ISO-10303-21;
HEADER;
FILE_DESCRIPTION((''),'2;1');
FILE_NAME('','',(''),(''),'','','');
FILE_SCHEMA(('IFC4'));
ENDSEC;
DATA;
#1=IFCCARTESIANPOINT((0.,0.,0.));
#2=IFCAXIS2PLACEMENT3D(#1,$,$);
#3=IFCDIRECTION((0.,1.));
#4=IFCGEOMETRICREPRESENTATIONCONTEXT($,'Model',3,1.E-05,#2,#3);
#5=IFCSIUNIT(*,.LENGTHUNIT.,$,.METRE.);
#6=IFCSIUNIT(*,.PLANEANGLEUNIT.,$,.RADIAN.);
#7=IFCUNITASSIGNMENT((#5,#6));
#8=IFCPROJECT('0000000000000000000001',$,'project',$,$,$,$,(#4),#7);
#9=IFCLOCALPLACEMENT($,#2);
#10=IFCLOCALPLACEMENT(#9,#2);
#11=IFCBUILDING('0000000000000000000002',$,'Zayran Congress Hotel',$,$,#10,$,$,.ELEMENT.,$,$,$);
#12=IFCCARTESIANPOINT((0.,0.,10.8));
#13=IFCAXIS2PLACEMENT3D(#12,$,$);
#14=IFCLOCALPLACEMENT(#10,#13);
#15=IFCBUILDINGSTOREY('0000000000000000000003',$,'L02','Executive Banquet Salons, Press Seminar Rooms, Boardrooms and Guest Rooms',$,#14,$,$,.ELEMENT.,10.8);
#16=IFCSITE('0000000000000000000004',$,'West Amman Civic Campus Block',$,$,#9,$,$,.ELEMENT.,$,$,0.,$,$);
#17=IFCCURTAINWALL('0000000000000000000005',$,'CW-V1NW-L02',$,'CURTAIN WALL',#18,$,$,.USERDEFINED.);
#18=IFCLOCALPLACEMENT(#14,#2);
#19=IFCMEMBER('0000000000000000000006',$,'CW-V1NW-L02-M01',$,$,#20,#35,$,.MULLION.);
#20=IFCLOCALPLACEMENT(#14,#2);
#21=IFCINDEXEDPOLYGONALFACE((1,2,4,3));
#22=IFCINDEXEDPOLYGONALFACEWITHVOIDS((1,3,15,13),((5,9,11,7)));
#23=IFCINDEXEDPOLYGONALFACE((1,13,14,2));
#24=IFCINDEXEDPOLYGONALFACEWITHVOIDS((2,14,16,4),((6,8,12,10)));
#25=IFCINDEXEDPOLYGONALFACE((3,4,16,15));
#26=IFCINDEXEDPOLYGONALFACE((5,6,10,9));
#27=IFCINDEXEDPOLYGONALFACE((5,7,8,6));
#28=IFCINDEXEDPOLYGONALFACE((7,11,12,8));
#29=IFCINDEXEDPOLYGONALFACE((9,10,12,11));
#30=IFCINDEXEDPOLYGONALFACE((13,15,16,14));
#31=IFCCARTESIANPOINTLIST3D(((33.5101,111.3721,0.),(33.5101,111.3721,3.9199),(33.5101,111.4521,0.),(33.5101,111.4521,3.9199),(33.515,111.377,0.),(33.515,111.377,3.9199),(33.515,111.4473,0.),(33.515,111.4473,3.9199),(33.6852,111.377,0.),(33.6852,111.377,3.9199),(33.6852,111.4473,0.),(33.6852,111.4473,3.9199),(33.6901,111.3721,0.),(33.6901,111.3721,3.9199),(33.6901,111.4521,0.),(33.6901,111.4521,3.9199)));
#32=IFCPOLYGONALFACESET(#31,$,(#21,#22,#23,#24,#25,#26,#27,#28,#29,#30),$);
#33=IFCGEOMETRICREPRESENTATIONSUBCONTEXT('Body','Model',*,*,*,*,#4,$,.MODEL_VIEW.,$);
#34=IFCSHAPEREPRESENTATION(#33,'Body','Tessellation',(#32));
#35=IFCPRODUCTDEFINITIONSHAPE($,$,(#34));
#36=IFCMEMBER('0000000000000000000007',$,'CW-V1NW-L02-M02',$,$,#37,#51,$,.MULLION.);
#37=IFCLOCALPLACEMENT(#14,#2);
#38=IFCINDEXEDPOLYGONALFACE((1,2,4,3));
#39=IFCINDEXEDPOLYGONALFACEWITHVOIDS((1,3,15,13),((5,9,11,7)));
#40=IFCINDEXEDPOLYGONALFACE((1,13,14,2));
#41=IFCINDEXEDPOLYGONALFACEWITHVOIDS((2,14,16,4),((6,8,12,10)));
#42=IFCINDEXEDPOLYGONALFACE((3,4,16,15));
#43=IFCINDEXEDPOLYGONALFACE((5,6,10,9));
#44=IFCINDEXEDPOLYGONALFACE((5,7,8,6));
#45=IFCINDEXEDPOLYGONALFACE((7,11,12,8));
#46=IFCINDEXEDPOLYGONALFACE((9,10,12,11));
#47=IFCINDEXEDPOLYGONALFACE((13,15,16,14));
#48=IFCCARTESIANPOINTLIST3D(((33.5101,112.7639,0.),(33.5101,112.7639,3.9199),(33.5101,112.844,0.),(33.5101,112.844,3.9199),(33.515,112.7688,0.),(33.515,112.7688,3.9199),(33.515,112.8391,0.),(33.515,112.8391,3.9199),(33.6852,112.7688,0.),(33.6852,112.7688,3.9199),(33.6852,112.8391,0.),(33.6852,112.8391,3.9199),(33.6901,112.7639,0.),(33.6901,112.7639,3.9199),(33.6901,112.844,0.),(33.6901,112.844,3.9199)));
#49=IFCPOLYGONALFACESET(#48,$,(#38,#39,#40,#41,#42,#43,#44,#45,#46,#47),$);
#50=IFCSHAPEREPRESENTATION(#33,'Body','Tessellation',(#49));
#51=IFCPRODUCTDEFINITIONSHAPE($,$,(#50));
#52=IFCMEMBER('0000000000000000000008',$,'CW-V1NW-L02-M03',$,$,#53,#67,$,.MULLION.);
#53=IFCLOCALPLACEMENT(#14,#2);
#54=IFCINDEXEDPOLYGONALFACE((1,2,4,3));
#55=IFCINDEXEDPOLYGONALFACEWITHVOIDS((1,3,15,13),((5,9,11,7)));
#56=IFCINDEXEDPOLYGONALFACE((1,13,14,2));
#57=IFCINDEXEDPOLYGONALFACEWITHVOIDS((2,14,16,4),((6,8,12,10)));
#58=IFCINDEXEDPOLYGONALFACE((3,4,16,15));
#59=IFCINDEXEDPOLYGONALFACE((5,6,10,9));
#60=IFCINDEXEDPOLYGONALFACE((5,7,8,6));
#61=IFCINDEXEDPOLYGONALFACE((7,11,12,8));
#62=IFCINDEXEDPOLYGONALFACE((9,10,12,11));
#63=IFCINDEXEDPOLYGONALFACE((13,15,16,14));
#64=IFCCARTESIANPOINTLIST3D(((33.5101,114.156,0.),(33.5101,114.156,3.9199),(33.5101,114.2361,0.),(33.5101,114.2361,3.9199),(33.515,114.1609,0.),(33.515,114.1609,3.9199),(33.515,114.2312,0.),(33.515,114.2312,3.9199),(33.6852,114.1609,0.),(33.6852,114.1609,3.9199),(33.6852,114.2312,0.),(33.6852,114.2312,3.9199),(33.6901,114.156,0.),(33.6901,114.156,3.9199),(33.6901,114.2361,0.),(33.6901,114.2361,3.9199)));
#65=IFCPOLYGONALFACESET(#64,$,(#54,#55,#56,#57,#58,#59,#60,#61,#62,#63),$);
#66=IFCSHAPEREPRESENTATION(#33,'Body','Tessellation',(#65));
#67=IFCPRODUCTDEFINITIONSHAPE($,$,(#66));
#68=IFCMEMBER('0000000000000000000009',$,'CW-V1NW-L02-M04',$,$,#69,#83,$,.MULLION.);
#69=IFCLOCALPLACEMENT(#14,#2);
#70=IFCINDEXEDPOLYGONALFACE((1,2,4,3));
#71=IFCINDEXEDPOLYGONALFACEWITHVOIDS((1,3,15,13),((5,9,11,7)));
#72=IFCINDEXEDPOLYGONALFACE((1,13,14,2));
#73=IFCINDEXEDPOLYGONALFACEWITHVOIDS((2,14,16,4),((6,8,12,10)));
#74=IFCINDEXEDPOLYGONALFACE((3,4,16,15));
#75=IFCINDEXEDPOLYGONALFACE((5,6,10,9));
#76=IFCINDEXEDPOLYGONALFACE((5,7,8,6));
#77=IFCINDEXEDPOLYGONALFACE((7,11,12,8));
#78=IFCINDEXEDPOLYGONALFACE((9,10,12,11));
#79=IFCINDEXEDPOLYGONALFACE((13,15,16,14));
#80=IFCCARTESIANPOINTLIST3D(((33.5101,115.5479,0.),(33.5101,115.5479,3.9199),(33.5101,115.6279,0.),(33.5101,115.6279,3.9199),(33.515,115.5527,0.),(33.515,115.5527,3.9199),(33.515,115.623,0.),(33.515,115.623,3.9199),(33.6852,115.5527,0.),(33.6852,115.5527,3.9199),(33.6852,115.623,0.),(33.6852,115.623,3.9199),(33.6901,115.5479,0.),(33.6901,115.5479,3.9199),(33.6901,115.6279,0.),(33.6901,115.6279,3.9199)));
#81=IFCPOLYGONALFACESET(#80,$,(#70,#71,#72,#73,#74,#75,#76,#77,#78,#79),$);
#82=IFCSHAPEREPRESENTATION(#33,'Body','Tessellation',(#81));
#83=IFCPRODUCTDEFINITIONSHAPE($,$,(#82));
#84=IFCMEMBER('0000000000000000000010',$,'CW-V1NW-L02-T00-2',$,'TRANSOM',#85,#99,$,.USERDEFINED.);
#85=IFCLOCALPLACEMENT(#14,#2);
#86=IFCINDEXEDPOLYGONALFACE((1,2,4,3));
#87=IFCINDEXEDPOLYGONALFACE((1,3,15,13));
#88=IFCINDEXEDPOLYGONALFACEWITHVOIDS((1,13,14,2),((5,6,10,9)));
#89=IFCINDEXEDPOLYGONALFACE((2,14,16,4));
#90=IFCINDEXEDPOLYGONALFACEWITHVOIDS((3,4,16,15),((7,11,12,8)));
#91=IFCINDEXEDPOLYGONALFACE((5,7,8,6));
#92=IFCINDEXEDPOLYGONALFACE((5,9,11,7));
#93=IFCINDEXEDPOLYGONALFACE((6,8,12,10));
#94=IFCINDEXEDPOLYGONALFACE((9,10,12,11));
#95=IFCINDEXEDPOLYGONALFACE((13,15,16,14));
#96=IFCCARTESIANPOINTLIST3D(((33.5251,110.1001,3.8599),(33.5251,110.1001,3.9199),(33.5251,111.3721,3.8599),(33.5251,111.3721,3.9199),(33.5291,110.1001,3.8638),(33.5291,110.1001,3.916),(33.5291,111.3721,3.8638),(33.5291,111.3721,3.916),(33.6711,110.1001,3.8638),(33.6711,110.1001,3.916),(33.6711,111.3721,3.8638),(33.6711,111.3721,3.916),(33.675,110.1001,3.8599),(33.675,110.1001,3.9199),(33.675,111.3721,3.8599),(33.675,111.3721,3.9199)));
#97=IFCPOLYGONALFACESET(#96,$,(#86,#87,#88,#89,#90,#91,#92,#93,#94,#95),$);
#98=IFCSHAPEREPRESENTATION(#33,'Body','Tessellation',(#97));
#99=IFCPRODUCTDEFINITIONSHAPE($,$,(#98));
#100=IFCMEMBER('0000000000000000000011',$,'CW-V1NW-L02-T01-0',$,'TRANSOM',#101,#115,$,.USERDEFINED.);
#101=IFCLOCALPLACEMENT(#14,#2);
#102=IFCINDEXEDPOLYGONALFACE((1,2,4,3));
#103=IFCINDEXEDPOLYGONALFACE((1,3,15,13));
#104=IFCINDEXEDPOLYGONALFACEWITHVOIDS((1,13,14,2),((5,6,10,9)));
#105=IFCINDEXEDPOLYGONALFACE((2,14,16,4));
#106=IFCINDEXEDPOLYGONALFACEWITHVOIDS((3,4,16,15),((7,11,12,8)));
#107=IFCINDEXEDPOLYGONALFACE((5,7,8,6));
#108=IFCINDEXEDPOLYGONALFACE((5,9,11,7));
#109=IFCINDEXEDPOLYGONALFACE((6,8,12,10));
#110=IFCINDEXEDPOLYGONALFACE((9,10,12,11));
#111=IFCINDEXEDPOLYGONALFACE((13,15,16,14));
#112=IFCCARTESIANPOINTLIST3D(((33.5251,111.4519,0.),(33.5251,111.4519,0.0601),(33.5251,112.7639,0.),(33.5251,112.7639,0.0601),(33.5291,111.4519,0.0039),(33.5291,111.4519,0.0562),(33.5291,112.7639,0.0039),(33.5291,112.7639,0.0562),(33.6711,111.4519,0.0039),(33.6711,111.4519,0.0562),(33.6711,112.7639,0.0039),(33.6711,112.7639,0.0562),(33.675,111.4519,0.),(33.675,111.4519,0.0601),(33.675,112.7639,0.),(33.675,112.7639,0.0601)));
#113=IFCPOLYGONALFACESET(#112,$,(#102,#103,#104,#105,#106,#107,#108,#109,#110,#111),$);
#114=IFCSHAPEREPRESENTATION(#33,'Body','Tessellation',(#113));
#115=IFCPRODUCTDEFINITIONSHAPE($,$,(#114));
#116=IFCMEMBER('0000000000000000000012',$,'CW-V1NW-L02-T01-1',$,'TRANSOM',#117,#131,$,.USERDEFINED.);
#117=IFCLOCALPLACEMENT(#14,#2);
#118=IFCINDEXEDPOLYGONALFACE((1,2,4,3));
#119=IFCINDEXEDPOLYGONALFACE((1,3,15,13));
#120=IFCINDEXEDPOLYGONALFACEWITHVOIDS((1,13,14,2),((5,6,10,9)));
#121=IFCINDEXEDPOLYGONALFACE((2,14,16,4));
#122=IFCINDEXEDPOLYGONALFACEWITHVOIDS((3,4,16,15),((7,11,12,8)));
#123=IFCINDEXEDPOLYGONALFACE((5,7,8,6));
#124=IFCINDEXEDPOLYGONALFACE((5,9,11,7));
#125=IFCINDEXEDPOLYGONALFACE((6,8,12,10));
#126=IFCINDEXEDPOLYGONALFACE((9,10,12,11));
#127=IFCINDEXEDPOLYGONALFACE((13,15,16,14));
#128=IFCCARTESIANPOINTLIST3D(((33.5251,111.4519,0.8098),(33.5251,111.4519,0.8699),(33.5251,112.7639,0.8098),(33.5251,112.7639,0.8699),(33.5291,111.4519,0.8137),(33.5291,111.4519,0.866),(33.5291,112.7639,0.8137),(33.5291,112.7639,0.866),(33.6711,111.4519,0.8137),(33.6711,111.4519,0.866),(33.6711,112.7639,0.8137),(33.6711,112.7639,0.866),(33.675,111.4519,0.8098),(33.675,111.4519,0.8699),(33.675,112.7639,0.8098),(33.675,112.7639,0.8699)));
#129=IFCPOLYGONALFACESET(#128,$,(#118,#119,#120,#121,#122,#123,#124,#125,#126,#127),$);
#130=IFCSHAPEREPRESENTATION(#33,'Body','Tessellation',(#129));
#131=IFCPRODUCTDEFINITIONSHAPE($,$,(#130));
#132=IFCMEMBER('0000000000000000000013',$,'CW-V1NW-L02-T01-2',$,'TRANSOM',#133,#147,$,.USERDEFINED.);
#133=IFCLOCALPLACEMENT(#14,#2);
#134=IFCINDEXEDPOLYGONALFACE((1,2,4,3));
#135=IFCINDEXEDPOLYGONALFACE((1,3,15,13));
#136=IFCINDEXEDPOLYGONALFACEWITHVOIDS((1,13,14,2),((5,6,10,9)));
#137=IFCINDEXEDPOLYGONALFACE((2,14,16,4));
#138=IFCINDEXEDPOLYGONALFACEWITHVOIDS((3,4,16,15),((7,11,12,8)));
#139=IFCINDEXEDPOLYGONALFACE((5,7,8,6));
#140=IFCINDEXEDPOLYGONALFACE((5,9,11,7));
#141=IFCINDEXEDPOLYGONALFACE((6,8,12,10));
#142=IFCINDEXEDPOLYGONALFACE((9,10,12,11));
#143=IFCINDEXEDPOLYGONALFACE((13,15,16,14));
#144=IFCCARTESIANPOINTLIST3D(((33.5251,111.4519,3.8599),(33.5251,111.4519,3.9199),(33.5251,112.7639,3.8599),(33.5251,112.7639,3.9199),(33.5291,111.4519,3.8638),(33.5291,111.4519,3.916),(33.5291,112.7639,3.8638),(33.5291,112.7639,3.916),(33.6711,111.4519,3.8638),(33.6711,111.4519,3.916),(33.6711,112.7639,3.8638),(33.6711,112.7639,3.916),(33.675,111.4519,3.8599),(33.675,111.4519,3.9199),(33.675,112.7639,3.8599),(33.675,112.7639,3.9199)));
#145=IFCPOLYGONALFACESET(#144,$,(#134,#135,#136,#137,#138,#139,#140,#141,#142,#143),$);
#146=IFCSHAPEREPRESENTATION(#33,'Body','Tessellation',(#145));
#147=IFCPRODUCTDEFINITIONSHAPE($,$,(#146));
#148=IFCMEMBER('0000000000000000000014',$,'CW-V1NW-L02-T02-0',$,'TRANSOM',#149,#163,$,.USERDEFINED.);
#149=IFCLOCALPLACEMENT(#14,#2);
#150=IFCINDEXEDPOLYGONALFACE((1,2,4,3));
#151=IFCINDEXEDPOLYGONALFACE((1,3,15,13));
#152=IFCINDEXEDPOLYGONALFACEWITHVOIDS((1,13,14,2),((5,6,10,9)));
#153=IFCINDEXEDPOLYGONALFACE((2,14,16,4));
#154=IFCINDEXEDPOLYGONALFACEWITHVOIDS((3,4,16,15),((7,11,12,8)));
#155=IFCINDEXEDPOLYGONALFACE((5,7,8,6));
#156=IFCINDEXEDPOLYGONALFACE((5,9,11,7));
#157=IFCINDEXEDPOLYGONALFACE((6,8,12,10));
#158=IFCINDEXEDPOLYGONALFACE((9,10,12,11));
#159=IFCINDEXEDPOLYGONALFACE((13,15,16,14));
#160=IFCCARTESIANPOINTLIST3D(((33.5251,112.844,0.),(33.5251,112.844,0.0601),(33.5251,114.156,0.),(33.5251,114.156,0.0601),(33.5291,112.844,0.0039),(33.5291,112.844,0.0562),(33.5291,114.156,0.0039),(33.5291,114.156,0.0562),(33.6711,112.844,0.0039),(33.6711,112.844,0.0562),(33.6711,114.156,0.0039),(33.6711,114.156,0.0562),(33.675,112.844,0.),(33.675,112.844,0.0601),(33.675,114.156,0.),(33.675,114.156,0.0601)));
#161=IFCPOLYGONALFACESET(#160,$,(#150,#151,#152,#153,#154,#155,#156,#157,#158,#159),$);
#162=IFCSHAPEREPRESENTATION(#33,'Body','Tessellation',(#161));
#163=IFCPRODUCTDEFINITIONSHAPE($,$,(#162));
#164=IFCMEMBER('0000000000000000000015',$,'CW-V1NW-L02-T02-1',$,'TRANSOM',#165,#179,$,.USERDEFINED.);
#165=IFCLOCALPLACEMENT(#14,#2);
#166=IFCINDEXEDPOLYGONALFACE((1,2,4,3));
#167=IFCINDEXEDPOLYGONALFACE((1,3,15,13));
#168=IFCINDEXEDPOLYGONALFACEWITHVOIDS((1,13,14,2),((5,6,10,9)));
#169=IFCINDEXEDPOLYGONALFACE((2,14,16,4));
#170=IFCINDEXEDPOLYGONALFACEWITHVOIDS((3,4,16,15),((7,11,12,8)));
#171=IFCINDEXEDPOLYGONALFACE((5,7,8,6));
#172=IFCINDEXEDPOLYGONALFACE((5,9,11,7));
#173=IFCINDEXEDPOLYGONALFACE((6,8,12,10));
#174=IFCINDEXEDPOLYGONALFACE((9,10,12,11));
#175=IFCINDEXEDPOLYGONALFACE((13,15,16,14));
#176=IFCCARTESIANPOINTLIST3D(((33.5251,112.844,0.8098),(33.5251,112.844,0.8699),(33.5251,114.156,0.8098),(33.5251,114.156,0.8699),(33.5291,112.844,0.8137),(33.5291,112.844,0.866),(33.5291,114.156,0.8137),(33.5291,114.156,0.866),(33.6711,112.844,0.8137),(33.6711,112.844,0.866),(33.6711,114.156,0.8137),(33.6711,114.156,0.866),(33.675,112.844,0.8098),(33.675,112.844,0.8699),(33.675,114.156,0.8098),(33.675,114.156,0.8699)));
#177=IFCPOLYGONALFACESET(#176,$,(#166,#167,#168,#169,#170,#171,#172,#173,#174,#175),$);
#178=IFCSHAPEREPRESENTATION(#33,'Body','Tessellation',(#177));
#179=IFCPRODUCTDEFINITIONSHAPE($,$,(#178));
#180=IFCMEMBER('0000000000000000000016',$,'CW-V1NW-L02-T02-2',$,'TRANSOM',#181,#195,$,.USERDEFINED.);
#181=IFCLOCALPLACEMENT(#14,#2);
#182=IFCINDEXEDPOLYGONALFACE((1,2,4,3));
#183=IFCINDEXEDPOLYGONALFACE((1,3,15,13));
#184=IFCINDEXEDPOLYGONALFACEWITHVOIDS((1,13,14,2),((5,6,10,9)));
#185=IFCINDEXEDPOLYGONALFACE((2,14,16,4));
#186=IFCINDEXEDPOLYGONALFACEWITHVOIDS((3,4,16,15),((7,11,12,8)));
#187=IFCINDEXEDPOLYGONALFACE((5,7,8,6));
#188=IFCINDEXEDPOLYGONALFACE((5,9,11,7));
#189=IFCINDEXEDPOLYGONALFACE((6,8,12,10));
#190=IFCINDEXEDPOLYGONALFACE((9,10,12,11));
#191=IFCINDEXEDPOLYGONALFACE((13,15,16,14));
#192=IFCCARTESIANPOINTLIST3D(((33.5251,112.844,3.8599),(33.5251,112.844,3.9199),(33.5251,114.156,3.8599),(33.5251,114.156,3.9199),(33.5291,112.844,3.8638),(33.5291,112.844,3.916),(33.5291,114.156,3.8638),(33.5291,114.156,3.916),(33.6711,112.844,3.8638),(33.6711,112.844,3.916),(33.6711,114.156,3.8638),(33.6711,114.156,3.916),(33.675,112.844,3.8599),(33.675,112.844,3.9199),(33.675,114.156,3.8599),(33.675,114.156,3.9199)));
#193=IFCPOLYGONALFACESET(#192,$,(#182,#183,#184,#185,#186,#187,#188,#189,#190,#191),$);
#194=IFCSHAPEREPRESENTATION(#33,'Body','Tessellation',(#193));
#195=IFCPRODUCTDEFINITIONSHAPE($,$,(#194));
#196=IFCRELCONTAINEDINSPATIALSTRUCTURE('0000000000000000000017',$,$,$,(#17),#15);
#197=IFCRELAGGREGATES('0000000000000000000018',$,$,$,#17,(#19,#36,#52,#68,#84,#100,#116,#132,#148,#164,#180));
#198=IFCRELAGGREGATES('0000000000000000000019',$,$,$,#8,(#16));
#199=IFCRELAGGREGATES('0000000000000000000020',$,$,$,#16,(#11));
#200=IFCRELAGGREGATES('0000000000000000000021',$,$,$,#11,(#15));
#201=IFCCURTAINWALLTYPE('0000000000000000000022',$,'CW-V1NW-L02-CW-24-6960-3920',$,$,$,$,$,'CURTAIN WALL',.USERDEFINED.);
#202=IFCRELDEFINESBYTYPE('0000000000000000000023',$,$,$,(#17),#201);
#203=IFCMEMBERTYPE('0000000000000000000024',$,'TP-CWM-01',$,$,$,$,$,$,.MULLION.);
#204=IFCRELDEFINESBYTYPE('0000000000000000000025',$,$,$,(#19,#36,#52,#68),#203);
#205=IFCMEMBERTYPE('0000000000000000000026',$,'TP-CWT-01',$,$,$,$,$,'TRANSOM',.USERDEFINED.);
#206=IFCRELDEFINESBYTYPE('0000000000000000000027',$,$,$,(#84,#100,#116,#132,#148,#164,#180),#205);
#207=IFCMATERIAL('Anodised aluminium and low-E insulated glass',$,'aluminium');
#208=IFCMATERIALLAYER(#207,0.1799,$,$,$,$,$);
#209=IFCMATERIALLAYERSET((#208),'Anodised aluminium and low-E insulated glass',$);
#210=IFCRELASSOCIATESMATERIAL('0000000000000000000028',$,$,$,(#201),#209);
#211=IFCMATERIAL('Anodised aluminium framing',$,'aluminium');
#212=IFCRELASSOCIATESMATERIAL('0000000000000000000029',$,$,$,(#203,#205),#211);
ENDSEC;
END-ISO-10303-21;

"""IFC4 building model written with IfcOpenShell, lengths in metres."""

from ifc_helpers import new_model, si_unit, direction, frame, origin, origin_2d, place, context, subcontext, project, spatial, hollow_rectangle, extrude, material, layer, layer_set, material_profile, profile_set, type_object, element, aggregate, save


model = new_model("IFC4")

# Units and contexts
model_context = context("Model", 3, precision=1e-05, world=origin(), true_north=direction((0.0, 1.0)))
body_context = subcontext(model_context, "Body", "Model", "MODEL_VIEW")
ifc_project = project(units=[si_unit("LENGTHUNIT", "METRE"), si_unit("PLANEANGLEUNIT", "RADIAN")], contexts=[model_context])

# Site, building, storey
site_placement = place(None, origin())
site = spatial("IfcSite", under=ifc_project, at=site_placement, Name="West Amman Civic Campus Block", CompositionType="ELEMENT", RefElevation=0.0)
building_placement = place(site_placement, origin())
building = spatial("IfcBuilding", under=site, at=building_placement, Name="Zayran Congress Hotel", CompositionType="ELEMENT")
storey_placement = place(building_placement, frame((0.0, 0.0, 10.8)))
storey = spatial("IfcBuildingStorey", under=building, at=storey_placement, Name="L02", Description="Executive Banquet Salons, Press Seminar Rooms, Boardrooms and Guest Rooms", CompositionType="ELEMENT", Elevation=10.8)

# Curtain wall, members
ifc_material_1 = material(Name="Anodised aluminium and low-E insulated glass", Category="aluminium")
ifc_layer_1 = layer(ifc_material_1, 0.1799)
ifc_layer_set_1 = layer_set([ifc_layer_1], Name="Anodised aluminium and low-E insulated glass")
curtain_wall_type = type_object("IfcCurtainWallType", Name="CW-V1NW-L02-CW-24-6960-3920", ElementType="CURTAIN WALL", PredefinedType="USERDEFINED", material=ifc_layer_set_1)
curtain_wall_placement = place(storey_placement, origin())
curtain_wall = element("IfcCurtainWall", 1, at=curtain_wall_placement, inside=storey, type_object=curtain_wall_type, Name="CW-V1NW-L02", ObjectType="CURTAIN WALL", PredefinedType="USERDEFINED")
ifc_material_2 = material(Name="Anodised aluminium framing", Category="aluminium")
ifc_material_profile_1 = material_profile(ifc_material_2, hollow_rectangle(XDim=0.0801, YDim=0.1799, WallThickness=0.0049, at=origin_2d()), Name="RHS 180x80x5")
ifc_profile_set_1 = profile_set([ifc_material_profile_1], Name="Anodised aluminium framing")
member_type_1 = type_object("IfcMemberType", Name="TP-CWM-01", PredefinedType="MULLION", material=ifc_profile_set_1)
member_1_placement = place(storey_placement, frame((33.6001, 111.4121, 0.0), z_axis=(0.0, 0.0, 1.0), x_axis=(0.0, 1.0, 0.0)))
member_1 = element("IfcMember", 2, at=member_1_placement, type_object=member_type_1, Name="CW-V1NW-L02-M01", PredefinedType="MULLION", context=body_context, shape_type="SweptSolid", body=[
    extrude(hollow_rectangle(XDim=0.0801, YDim=0.1799, WallThickness=0.0049, at=origin_2d()), origin(), (0.0, 0.0, 1.0), 3.9199),
])
member_2_placement = place(storey_placement, frame((33.6001, 112.804, 0.0), z_axis=(0.0, 0.0, 1.0), x_axis=(0.0, 1.0, 0.0)))
member_2 = element("IfcMember", 3, at=member_2_placement, type_object=member_type_1, Name="CW-V1NW-L02-M02", PredefinedType="MULLION", context=body_context, shape_type="SweptSolid", body=[
    extrude(hollow_rectangle(XDim=0.0801, YDim=0.1799, WallThickness=0.0049, at=origin_2d()), origin(), (0.0, 0.0, 1.0), 3.9199),
])
member_3_placement = place(storey_placement, frame((33.6001, 114.196, 0.0), z_axis=(0.0, 0.0, 1.0), x_axis=(0.0, 1.0, 0.0)))
member_3 = element("IfcMember", 4, at=member_3_placement, type_object=member_type_1, Name="CW-V1NW-L02-M03", PredefinedType="MULLION", context=body_context, shape_type="SweptSolid", body=[
    extrude(hollow_rectangle(XDim=0.0801, YDim=0.1799, WallThickness=0.0049, at=origin_2d()), origin(), (0.0, 0.0, 1.0), 3.9199),
])
member_4_placement = place(storey_placement, frame((33.6001, 115.5879, 0.0), z_axis=(0.0, 0.0, 1.0), x_axis=(0.0, 1.0, 0.0)))
member_4 = element("IfcMember", 5, at=member_4_placement, type_object=member_type_1, Name="CW-V1NW-L02-M04", PredefinedType="MULLION", context=body_context, shape_type="SweptSolid", body=[
    extrude(hollow_rectangle(XDim=0.0801, YDim=0.1799, WallThickness=0.0049, at=origin_2d()), origin(), (0.0, 0.0, 1.0), 3.9199),
])
ifc_material_profile_2 = material_profile(ifc_material_2, hollow_rectangle(XDim=0.0601, YDim=0.1499, WallThickness=0.0039, at=origin_2d()), Name="RHS 150x60x4")
ifc_profile_set_2 = profile_set([ifc_material_profile_2], Name="Anodised aluminium framing")
member_type_2 = type_object("IfcMemberType", Name="TP-CWT-01", ElementType="TRANSOM", PredefinedType="USERDEFINED", material=ifc_profile_set_2)
member_5_placement = place(storey_placement, frame((33.6001, 110.1001, 3.8899), z_axis=(0.0, 1.0, 0.0), x_axis=(0.0, 0.0, 1.0)))
member_5 = element("IfcMember", 6, at=member_5_placement, type_object=member_type_2, Name="CW-V1NW-L02-T00-2", ObjectType="TRANSOM", PredefinedType="USERDEFINED", context=body_context, shape_type="SweptSolid", body=[
    extrude(hollow_rectangle(XDim=0.0601, YDim=0.1499, WallThickness=0.0039, at=origin_2d()), origin(), (0.0, 0.0, 1.0), 1.272),
])
member_6_placement = place(storey_placement, frame((33.6001, 111.4519, 0.03), z_axis=(0.0, 1.0, 0.0), x_axis=(0.0, 0.0, 1.0)))
member_6 = element("IfcMember", 7, at=member_6_placement, type_object=member_type_2, Name="CW-V1NW-L02-T01-0", ObjectType="TRANSOM", PredefinedType="USERDEFINED", context=body_context, shape_type="SweptSolid", body=[
    extrude(hollow_rectangle(XDim=0.0601, YDim=0.1499, WallThickness=0.0039, at=origin_2d()), origin(), (0.0, 0.0, 1.0), 1.312),
])
member_7_placement = place(storey_placement, frame((33.6001, 111.4519, 0.8398), z_axis=(0.0, 1.0, 0.0), x_axis=(0.0, 0.0, 1.0)))
member_7 = element("IfcMember", 8, at=member_7_placement, type_object=member_type_2, Name="CW-V1NW-L02-T01-1", ObjectType="TRANSOM", PredefinedType="USERDEFINED", context=body_context, shape_type="SweptSolid", body=[
    extrude(hollow_rectangle(XDim=0.0601, YDim=0.1499, WallThickness=0.0039, at=origin_2d()), origin(), (0.0, 0.0, 1.0), 1.312),
])
member_8_placement = place(storey_placement, frame((33.6001, 111.4519, 3.8899), z_axis=(0.0, 1.0, 0.0), x_axis=(0.0, 0.0, 1.0)))
member_8 = element("IfcMember", 9, at=member_8_placement, type_object=member_type_2, Name="CW-V1NW-L02-T01-2", ObjectType="TRANSOM", PredefinedType="USERDEFINED", context=body_context, shape_type="SweptSolid", body=[
    extrude(hollow_rectangle(XDim=0.0601, YDim=0.1499, WallThickness=0.0039, at=origin_2d()), origin(), (0.0, 0.0, 1.0), 1.312),
])
member_9_placement = place(storey_placement, frame((33.6001, 112.844, 0.03), z_axis=(0.0, 1.0, 0.0), x_axis=(0.0, 0.0, 1.0)))
member_9 = element("IfcMember", 10, at=member_9_placement, type_object=member_type_2, Name="CW-V1NW-L02-T02-0", ObjectType="TRANSOM", PredefinedType="USERDEFINED", context=body_context, shape_type="SweptSolid", body=[
    extrude(hollow_rectangle(XDim=0.0601, YDim=0.1499, WallThickness=0.0039, at=origin_2d()), origin(), (0.0, 0.0, 1.0), 1.312),
])
member_10_placement = place(storey_placement, frame((33.6001, 112.844, 0.8398), z_axis=(0.0, 1.0, 0.0), x_axis=(0.0, 0.0, 1.0)))
member_10 = element("IfcMember", 11, at=member_10_placement, type_object=member_type_2, Name="CW-V1NW-L02-T02-1", ObjectType="TRANSOM", PredefinedType="USERDEFINED", context=body_context, shape_type="SweptSolid", body=[
    extrude(hollow_rectangle(XDim=0.0601, YDim=0.1499, WallThickness=0.0039, at=origin_2d()), origin(), (0.0, 0.0, 1.0), 1.312),
])
member_11_placement = place(storey_placement, frame((33.6001, 112.844, 3.8899), z_axis=(0.0, 1.0, 0.0), x_axis=(0.0, 0.0, 1.0)))
member_11 = element("IfcMember", 12, at=member_11_placement, type_object=member_type_2, Name="CW-V1NW-L02-T02-2", ObjectType="TRANSOM", PredefinedType="USERDEFINED", context=body_context, shape_type="SweptSolid", body=[
    extrude(hollow_rectangle(XDim=0.0601, YDim=0.1499, WallThickness=0.0039, at=origin_2d()), origin(), (0.0, 0.0, 1.0), 1.312),
])
aggregate(curtain_wall, [member_1, member_2, member_3, member_4, member_5, member_6, member_7, member_8, member_9, member_10, member_11])

save(model, "model.ifc")
